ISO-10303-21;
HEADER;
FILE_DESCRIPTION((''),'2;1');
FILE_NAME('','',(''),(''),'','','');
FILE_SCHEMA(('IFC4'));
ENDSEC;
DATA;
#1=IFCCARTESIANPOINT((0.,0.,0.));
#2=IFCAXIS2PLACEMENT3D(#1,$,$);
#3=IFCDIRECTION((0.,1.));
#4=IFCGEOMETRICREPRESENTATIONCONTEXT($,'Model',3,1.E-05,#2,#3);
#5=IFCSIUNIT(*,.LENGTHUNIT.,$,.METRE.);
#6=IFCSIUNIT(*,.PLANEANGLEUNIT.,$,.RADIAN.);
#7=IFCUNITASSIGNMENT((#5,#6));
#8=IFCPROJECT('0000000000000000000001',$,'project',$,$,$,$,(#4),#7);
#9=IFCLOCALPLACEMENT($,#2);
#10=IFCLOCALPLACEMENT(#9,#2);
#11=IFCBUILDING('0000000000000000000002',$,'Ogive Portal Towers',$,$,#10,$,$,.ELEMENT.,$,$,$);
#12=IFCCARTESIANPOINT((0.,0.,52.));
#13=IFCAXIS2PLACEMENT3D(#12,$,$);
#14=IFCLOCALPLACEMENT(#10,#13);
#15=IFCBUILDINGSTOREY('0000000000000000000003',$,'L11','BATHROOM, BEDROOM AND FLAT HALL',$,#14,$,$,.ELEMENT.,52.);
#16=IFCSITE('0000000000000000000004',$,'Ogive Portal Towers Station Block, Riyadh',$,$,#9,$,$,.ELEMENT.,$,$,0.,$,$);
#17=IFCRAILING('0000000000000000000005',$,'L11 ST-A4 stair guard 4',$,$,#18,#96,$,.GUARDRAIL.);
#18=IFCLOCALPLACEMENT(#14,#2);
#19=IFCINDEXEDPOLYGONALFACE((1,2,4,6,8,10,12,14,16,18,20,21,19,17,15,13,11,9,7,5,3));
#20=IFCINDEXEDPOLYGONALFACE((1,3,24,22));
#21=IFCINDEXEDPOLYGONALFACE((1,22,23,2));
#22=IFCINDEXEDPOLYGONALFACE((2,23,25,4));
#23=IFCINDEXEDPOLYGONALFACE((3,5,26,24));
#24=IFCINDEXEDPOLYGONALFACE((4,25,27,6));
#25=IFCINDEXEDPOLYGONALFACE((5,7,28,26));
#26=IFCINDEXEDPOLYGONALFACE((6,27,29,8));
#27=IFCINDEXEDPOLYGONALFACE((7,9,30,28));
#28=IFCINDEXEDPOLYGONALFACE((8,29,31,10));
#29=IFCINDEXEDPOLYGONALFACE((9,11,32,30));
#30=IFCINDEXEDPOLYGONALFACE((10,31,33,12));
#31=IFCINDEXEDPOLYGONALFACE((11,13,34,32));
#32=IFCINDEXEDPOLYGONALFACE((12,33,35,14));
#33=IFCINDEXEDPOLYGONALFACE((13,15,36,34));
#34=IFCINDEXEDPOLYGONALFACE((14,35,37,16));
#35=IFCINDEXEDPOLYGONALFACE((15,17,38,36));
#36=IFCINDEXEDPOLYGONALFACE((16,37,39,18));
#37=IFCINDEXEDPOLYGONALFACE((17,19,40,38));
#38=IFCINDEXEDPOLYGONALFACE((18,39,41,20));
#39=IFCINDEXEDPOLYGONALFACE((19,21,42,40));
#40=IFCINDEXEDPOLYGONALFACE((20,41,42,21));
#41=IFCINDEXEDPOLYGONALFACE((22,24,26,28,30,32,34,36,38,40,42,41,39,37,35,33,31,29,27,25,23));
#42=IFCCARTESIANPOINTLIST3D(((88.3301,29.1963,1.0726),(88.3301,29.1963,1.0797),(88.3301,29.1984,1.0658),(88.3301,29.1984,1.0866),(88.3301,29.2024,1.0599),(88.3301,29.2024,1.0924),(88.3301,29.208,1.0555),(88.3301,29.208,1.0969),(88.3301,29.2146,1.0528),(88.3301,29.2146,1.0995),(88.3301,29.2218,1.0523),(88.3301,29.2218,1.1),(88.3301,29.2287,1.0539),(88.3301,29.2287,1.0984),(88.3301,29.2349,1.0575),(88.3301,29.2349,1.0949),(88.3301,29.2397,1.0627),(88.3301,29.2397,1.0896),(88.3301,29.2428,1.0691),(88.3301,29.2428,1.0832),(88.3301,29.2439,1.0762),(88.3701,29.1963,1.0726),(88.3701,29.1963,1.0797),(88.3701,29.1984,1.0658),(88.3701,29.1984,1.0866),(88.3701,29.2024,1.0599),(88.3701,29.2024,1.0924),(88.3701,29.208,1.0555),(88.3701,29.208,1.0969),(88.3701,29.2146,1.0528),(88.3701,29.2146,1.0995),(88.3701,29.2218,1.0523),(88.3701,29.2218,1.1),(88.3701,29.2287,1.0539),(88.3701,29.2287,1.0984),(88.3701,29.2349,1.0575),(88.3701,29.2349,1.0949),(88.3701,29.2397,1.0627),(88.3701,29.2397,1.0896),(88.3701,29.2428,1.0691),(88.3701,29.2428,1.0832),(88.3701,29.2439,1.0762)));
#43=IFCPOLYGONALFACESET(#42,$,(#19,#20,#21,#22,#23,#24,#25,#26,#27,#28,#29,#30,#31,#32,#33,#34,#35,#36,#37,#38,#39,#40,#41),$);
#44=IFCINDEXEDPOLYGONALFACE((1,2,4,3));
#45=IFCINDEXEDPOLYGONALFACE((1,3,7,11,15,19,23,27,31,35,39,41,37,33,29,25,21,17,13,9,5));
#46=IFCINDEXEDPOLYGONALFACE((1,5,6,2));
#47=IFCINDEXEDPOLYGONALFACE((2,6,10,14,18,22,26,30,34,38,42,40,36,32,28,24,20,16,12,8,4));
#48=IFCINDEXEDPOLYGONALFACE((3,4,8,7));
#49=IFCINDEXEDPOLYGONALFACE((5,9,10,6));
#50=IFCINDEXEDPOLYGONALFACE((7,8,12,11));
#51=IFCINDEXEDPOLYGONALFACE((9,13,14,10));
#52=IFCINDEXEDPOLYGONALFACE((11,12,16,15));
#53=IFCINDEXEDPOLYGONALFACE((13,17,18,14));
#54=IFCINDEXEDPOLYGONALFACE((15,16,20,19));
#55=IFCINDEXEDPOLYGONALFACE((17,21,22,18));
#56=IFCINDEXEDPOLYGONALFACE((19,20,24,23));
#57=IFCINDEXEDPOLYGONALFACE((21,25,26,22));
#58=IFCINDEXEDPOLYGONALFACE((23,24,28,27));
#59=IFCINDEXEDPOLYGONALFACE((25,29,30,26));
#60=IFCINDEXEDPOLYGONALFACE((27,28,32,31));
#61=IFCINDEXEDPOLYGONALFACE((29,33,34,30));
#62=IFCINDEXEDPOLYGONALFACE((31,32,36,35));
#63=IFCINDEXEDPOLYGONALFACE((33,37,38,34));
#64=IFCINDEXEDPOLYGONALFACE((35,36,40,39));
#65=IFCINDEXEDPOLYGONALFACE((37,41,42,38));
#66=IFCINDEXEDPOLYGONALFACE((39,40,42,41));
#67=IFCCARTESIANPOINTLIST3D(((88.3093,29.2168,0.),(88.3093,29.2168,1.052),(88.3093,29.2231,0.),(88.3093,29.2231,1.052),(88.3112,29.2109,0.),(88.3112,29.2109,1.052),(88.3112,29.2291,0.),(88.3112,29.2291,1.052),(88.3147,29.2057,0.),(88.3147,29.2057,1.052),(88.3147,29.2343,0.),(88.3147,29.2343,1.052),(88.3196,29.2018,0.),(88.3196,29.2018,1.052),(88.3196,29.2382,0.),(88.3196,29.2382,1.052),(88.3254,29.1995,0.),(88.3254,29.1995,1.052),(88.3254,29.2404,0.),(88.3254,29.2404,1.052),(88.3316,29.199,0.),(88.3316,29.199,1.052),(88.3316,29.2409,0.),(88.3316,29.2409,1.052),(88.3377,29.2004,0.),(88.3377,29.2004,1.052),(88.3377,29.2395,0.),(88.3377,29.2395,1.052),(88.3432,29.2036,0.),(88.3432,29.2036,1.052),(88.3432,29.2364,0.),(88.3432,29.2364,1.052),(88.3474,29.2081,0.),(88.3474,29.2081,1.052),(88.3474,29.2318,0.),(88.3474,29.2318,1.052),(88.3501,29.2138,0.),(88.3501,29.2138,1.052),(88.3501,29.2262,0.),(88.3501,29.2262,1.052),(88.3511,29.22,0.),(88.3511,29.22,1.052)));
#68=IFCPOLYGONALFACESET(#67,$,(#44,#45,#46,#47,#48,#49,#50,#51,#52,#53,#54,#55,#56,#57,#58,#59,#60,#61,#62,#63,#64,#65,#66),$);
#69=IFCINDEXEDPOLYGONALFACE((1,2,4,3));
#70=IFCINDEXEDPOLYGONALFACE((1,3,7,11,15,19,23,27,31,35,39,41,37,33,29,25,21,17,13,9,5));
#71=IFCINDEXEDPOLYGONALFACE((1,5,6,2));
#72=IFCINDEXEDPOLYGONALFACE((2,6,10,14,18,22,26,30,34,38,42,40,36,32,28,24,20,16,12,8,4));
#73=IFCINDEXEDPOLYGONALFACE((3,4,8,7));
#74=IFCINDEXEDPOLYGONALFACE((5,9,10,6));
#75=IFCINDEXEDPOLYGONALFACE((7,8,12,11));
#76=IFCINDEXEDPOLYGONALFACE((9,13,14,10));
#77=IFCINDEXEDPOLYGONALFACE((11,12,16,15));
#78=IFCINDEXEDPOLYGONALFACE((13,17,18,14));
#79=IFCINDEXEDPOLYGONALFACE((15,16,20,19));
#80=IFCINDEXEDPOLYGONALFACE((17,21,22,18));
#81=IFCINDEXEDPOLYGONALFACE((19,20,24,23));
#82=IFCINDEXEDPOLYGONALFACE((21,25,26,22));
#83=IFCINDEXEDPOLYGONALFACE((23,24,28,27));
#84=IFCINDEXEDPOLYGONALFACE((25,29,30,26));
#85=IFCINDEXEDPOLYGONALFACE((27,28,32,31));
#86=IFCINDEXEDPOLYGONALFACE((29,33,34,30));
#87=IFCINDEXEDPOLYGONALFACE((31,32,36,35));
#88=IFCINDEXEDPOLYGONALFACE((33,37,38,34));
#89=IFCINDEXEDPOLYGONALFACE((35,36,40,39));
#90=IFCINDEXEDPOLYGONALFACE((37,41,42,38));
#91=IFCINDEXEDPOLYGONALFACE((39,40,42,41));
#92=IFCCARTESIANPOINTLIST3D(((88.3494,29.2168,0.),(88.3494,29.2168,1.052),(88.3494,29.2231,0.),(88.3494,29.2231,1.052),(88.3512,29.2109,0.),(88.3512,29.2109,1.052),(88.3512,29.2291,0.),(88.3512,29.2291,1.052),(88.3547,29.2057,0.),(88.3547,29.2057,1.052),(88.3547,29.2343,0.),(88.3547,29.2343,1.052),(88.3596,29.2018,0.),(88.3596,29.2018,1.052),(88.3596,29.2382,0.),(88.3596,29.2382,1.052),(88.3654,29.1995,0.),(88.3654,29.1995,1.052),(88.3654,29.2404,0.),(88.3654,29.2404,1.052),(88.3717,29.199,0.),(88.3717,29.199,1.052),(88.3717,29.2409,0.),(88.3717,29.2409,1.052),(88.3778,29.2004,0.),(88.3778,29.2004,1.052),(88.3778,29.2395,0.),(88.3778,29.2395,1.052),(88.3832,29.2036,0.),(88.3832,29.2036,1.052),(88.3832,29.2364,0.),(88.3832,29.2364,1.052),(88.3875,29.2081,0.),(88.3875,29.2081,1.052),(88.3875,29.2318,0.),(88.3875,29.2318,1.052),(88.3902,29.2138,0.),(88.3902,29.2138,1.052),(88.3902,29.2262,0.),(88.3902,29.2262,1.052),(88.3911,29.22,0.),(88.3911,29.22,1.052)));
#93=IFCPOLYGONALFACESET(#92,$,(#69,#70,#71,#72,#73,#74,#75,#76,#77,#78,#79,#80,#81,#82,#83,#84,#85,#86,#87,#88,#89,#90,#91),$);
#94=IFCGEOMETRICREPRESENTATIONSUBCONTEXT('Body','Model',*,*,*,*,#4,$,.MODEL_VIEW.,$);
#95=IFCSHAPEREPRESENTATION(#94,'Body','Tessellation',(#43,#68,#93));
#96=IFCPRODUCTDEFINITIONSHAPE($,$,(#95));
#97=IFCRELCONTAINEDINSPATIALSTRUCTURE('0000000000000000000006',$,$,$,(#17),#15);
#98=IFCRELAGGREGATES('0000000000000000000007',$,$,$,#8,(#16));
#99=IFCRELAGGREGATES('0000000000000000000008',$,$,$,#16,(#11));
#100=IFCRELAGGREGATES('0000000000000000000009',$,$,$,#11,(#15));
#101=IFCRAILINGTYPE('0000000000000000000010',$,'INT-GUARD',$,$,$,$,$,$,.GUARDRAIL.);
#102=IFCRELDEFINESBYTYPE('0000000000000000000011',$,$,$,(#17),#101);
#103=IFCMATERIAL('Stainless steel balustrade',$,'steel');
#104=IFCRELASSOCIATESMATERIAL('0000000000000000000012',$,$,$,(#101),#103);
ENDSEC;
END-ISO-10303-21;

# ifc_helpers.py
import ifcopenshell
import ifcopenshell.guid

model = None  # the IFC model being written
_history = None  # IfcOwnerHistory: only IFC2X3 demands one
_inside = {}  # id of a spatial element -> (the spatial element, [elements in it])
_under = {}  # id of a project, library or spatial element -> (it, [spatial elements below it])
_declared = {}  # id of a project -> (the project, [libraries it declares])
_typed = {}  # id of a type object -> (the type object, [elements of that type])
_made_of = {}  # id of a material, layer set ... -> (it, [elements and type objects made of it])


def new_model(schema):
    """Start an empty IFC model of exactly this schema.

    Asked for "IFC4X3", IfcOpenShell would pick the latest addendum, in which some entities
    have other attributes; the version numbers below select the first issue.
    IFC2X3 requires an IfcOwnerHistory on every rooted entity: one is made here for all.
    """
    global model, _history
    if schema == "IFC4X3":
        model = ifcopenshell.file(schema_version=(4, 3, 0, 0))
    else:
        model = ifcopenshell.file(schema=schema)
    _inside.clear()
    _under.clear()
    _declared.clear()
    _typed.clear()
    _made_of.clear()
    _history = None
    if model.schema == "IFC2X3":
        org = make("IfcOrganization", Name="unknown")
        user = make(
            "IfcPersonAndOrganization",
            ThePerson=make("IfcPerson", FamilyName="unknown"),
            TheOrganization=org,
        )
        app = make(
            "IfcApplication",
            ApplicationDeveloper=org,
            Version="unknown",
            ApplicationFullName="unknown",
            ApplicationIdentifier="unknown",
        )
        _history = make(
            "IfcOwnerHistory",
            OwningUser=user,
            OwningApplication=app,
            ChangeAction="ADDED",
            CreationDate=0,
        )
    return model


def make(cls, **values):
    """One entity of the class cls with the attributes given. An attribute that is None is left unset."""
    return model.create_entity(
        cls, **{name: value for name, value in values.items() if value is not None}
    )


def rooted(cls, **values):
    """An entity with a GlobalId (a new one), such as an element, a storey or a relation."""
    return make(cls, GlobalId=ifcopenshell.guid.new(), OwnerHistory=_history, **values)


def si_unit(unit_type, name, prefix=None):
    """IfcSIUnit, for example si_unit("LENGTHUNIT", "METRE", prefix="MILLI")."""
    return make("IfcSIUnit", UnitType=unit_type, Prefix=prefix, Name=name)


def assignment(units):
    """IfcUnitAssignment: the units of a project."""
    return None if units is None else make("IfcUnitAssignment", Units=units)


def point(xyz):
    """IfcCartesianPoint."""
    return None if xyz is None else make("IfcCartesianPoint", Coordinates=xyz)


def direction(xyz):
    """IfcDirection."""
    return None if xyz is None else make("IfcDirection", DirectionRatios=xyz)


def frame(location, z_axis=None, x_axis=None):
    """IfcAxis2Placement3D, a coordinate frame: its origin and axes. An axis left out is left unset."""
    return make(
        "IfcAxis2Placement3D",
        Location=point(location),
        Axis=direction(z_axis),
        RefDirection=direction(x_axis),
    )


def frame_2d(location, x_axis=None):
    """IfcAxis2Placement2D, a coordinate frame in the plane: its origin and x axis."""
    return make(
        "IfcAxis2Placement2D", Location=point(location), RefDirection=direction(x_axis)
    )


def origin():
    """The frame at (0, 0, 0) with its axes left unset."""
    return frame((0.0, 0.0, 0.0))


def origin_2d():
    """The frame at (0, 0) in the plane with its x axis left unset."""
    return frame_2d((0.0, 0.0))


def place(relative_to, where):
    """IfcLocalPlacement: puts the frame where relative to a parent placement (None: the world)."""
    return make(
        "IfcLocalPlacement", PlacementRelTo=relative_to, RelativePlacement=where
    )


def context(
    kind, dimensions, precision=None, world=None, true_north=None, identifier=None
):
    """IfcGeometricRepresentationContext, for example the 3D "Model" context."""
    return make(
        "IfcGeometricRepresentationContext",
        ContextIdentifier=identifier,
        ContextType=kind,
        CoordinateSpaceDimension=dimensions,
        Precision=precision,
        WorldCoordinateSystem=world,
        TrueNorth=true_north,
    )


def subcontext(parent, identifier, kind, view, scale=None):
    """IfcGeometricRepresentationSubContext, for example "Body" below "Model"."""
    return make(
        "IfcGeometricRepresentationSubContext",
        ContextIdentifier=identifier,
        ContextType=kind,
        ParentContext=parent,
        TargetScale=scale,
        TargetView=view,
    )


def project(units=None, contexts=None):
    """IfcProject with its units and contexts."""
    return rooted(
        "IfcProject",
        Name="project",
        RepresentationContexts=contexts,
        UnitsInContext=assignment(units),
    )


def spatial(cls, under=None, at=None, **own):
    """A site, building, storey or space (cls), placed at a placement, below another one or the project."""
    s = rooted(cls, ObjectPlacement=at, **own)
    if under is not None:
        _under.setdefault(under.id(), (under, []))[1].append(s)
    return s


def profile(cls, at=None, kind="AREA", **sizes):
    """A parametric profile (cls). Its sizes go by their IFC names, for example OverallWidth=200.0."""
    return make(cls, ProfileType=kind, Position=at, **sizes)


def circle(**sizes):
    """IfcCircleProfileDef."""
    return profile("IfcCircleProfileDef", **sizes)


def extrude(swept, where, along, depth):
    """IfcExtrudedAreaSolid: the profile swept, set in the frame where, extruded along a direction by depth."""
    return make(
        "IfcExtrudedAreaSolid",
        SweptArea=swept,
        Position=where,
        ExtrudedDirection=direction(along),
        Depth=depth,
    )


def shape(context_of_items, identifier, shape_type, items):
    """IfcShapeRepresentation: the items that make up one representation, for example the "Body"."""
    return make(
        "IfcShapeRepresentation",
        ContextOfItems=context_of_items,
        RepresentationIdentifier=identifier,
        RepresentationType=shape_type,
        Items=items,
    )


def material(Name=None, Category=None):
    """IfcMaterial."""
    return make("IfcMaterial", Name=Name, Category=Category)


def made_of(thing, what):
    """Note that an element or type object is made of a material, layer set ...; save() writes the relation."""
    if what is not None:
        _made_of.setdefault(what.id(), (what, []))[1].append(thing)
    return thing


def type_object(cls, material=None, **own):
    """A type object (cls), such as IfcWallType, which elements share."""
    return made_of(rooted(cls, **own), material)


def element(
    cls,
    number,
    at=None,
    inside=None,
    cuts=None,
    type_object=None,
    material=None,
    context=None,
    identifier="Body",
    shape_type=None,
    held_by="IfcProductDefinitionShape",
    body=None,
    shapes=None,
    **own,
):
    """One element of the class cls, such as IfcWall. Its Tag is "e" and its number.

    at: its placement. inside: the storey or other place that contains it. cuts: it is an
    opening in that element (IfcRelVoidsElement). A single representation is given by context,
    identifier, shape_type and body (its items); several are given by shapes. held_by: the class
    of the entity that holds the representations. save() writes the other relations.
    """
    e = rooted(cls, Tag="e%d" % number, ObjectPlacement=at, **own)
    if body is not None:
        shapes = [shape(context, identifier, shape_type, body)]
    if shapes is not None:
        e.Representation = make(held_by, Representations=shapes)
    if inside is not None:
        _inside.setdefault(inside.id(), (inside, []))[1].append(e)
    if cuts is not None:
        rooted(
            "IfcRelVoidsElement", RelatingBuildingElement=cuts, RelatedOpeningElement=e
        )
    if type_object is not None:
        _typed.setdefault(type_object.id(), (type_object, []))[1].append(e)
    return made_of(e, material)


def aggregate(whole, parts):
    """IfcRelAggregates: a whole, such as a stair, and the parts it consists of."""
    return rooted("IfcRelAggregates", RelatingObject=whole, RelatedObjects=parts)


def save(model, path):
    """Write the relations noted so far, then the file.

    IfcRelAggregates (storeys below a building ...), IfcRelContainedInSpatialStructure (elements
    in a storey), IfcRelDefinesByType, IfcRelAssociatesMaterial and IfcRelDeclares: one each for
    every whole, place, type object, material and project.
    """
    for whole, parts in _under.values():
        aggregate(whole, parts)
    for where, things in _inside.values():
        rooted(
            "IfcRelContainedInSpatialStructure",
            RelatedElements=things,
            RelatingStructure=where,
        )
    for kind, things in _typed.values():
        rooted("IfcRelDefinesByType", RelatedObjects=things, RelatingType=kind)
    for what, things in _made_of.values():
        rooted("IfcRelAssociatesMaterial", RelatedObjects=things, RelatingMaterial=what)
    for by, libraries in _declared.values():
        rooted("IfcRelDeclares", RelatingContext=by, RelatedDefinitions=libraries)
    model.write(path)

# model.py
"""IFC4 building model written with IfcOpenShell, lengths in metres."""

from ifc_helpers import new_model, si_unit, direction, frame, origin, origin_2d, place, context, subcontext, project, spatial, circle, extrude, material, type_object, element, save


model = new_model("IFC4")

# Units and contexts
model_context = context("Model", 3, precision=1e-05, world=origin(), true_north=direction((0.0, 1.0)))
body_context = subcontext(model_context, "Body", "Model", "MODEL_VIEW")
ifc_project = project(units=[si_unit("LENGTHUNIT", "METRE"), si_unit("PLANEANGLEUNIT", "RADIAN")], contexts=[model_context])

# Site, building, storey
site_placement = place(None, origin())
site = spatial("IfcSite", under=ifc_project, at=site_placement, Name="Ogive Portal Towers Station Block, Riyadh", CompositionType="ELEMENT", RefElevation=0.0)
building_placement = place(site_placement, origin())
building = spatial("IfcBuilding", under=site, at=building_placement, Name="Ogive Portal Towers", CompositionType="ELEMENT")
storey_placement = place(building_placement, frame((0.0, 0.0, 52.0)))
storey = spatial("IfcBuildingStorey", under=building, at=storey_placement, Name="L11", Description="BATHROOM, BEDROOM AND FLAT HALL", CompositionType="ELEMENT", Elevation=52.0)

# Railing
ifc_material_1 = material(Name="Stainless steel balustrade", Category="steel")
railing_type_1 = type_object("IfcRailingType", Name="INT-GUARD", PredefinedType="GUARDRAIL", material=ifc_material_1)
railing_1_placement = place(storey_placement, frame((88.3301, 29.22, 0.0)))
element("IfcRailing", 1, at=railing_1_placement, inside=storey, type_object=railing_type_1, Name="L11 ST-A4 stair guard 4", PredefinedType="GUARDRAIL", context=body_context, shape_type="SweptSolid", body=[
    extrude(circle(Radius=0.0239, at=origin_2d()), frame((0.0, 0.0, 1.0762), z_axis=(1.0, 0.0, 0.0), x_axis=(0.0, 1.0, 0.0)), (0.0, 0.0, 1.0), 0.04),
    extrude(circle(Radius=0.021, at=origin_2d()), origin(), (0.0, 0.0, 1.0), 1.052),
    extrude(circle(Radius=0.021, at=origin_2d()), frame((0.04, 0.0, 0.0)), (0.0, 0.0, 1.0), 1.052),
])

save(model, "model.ifc")
